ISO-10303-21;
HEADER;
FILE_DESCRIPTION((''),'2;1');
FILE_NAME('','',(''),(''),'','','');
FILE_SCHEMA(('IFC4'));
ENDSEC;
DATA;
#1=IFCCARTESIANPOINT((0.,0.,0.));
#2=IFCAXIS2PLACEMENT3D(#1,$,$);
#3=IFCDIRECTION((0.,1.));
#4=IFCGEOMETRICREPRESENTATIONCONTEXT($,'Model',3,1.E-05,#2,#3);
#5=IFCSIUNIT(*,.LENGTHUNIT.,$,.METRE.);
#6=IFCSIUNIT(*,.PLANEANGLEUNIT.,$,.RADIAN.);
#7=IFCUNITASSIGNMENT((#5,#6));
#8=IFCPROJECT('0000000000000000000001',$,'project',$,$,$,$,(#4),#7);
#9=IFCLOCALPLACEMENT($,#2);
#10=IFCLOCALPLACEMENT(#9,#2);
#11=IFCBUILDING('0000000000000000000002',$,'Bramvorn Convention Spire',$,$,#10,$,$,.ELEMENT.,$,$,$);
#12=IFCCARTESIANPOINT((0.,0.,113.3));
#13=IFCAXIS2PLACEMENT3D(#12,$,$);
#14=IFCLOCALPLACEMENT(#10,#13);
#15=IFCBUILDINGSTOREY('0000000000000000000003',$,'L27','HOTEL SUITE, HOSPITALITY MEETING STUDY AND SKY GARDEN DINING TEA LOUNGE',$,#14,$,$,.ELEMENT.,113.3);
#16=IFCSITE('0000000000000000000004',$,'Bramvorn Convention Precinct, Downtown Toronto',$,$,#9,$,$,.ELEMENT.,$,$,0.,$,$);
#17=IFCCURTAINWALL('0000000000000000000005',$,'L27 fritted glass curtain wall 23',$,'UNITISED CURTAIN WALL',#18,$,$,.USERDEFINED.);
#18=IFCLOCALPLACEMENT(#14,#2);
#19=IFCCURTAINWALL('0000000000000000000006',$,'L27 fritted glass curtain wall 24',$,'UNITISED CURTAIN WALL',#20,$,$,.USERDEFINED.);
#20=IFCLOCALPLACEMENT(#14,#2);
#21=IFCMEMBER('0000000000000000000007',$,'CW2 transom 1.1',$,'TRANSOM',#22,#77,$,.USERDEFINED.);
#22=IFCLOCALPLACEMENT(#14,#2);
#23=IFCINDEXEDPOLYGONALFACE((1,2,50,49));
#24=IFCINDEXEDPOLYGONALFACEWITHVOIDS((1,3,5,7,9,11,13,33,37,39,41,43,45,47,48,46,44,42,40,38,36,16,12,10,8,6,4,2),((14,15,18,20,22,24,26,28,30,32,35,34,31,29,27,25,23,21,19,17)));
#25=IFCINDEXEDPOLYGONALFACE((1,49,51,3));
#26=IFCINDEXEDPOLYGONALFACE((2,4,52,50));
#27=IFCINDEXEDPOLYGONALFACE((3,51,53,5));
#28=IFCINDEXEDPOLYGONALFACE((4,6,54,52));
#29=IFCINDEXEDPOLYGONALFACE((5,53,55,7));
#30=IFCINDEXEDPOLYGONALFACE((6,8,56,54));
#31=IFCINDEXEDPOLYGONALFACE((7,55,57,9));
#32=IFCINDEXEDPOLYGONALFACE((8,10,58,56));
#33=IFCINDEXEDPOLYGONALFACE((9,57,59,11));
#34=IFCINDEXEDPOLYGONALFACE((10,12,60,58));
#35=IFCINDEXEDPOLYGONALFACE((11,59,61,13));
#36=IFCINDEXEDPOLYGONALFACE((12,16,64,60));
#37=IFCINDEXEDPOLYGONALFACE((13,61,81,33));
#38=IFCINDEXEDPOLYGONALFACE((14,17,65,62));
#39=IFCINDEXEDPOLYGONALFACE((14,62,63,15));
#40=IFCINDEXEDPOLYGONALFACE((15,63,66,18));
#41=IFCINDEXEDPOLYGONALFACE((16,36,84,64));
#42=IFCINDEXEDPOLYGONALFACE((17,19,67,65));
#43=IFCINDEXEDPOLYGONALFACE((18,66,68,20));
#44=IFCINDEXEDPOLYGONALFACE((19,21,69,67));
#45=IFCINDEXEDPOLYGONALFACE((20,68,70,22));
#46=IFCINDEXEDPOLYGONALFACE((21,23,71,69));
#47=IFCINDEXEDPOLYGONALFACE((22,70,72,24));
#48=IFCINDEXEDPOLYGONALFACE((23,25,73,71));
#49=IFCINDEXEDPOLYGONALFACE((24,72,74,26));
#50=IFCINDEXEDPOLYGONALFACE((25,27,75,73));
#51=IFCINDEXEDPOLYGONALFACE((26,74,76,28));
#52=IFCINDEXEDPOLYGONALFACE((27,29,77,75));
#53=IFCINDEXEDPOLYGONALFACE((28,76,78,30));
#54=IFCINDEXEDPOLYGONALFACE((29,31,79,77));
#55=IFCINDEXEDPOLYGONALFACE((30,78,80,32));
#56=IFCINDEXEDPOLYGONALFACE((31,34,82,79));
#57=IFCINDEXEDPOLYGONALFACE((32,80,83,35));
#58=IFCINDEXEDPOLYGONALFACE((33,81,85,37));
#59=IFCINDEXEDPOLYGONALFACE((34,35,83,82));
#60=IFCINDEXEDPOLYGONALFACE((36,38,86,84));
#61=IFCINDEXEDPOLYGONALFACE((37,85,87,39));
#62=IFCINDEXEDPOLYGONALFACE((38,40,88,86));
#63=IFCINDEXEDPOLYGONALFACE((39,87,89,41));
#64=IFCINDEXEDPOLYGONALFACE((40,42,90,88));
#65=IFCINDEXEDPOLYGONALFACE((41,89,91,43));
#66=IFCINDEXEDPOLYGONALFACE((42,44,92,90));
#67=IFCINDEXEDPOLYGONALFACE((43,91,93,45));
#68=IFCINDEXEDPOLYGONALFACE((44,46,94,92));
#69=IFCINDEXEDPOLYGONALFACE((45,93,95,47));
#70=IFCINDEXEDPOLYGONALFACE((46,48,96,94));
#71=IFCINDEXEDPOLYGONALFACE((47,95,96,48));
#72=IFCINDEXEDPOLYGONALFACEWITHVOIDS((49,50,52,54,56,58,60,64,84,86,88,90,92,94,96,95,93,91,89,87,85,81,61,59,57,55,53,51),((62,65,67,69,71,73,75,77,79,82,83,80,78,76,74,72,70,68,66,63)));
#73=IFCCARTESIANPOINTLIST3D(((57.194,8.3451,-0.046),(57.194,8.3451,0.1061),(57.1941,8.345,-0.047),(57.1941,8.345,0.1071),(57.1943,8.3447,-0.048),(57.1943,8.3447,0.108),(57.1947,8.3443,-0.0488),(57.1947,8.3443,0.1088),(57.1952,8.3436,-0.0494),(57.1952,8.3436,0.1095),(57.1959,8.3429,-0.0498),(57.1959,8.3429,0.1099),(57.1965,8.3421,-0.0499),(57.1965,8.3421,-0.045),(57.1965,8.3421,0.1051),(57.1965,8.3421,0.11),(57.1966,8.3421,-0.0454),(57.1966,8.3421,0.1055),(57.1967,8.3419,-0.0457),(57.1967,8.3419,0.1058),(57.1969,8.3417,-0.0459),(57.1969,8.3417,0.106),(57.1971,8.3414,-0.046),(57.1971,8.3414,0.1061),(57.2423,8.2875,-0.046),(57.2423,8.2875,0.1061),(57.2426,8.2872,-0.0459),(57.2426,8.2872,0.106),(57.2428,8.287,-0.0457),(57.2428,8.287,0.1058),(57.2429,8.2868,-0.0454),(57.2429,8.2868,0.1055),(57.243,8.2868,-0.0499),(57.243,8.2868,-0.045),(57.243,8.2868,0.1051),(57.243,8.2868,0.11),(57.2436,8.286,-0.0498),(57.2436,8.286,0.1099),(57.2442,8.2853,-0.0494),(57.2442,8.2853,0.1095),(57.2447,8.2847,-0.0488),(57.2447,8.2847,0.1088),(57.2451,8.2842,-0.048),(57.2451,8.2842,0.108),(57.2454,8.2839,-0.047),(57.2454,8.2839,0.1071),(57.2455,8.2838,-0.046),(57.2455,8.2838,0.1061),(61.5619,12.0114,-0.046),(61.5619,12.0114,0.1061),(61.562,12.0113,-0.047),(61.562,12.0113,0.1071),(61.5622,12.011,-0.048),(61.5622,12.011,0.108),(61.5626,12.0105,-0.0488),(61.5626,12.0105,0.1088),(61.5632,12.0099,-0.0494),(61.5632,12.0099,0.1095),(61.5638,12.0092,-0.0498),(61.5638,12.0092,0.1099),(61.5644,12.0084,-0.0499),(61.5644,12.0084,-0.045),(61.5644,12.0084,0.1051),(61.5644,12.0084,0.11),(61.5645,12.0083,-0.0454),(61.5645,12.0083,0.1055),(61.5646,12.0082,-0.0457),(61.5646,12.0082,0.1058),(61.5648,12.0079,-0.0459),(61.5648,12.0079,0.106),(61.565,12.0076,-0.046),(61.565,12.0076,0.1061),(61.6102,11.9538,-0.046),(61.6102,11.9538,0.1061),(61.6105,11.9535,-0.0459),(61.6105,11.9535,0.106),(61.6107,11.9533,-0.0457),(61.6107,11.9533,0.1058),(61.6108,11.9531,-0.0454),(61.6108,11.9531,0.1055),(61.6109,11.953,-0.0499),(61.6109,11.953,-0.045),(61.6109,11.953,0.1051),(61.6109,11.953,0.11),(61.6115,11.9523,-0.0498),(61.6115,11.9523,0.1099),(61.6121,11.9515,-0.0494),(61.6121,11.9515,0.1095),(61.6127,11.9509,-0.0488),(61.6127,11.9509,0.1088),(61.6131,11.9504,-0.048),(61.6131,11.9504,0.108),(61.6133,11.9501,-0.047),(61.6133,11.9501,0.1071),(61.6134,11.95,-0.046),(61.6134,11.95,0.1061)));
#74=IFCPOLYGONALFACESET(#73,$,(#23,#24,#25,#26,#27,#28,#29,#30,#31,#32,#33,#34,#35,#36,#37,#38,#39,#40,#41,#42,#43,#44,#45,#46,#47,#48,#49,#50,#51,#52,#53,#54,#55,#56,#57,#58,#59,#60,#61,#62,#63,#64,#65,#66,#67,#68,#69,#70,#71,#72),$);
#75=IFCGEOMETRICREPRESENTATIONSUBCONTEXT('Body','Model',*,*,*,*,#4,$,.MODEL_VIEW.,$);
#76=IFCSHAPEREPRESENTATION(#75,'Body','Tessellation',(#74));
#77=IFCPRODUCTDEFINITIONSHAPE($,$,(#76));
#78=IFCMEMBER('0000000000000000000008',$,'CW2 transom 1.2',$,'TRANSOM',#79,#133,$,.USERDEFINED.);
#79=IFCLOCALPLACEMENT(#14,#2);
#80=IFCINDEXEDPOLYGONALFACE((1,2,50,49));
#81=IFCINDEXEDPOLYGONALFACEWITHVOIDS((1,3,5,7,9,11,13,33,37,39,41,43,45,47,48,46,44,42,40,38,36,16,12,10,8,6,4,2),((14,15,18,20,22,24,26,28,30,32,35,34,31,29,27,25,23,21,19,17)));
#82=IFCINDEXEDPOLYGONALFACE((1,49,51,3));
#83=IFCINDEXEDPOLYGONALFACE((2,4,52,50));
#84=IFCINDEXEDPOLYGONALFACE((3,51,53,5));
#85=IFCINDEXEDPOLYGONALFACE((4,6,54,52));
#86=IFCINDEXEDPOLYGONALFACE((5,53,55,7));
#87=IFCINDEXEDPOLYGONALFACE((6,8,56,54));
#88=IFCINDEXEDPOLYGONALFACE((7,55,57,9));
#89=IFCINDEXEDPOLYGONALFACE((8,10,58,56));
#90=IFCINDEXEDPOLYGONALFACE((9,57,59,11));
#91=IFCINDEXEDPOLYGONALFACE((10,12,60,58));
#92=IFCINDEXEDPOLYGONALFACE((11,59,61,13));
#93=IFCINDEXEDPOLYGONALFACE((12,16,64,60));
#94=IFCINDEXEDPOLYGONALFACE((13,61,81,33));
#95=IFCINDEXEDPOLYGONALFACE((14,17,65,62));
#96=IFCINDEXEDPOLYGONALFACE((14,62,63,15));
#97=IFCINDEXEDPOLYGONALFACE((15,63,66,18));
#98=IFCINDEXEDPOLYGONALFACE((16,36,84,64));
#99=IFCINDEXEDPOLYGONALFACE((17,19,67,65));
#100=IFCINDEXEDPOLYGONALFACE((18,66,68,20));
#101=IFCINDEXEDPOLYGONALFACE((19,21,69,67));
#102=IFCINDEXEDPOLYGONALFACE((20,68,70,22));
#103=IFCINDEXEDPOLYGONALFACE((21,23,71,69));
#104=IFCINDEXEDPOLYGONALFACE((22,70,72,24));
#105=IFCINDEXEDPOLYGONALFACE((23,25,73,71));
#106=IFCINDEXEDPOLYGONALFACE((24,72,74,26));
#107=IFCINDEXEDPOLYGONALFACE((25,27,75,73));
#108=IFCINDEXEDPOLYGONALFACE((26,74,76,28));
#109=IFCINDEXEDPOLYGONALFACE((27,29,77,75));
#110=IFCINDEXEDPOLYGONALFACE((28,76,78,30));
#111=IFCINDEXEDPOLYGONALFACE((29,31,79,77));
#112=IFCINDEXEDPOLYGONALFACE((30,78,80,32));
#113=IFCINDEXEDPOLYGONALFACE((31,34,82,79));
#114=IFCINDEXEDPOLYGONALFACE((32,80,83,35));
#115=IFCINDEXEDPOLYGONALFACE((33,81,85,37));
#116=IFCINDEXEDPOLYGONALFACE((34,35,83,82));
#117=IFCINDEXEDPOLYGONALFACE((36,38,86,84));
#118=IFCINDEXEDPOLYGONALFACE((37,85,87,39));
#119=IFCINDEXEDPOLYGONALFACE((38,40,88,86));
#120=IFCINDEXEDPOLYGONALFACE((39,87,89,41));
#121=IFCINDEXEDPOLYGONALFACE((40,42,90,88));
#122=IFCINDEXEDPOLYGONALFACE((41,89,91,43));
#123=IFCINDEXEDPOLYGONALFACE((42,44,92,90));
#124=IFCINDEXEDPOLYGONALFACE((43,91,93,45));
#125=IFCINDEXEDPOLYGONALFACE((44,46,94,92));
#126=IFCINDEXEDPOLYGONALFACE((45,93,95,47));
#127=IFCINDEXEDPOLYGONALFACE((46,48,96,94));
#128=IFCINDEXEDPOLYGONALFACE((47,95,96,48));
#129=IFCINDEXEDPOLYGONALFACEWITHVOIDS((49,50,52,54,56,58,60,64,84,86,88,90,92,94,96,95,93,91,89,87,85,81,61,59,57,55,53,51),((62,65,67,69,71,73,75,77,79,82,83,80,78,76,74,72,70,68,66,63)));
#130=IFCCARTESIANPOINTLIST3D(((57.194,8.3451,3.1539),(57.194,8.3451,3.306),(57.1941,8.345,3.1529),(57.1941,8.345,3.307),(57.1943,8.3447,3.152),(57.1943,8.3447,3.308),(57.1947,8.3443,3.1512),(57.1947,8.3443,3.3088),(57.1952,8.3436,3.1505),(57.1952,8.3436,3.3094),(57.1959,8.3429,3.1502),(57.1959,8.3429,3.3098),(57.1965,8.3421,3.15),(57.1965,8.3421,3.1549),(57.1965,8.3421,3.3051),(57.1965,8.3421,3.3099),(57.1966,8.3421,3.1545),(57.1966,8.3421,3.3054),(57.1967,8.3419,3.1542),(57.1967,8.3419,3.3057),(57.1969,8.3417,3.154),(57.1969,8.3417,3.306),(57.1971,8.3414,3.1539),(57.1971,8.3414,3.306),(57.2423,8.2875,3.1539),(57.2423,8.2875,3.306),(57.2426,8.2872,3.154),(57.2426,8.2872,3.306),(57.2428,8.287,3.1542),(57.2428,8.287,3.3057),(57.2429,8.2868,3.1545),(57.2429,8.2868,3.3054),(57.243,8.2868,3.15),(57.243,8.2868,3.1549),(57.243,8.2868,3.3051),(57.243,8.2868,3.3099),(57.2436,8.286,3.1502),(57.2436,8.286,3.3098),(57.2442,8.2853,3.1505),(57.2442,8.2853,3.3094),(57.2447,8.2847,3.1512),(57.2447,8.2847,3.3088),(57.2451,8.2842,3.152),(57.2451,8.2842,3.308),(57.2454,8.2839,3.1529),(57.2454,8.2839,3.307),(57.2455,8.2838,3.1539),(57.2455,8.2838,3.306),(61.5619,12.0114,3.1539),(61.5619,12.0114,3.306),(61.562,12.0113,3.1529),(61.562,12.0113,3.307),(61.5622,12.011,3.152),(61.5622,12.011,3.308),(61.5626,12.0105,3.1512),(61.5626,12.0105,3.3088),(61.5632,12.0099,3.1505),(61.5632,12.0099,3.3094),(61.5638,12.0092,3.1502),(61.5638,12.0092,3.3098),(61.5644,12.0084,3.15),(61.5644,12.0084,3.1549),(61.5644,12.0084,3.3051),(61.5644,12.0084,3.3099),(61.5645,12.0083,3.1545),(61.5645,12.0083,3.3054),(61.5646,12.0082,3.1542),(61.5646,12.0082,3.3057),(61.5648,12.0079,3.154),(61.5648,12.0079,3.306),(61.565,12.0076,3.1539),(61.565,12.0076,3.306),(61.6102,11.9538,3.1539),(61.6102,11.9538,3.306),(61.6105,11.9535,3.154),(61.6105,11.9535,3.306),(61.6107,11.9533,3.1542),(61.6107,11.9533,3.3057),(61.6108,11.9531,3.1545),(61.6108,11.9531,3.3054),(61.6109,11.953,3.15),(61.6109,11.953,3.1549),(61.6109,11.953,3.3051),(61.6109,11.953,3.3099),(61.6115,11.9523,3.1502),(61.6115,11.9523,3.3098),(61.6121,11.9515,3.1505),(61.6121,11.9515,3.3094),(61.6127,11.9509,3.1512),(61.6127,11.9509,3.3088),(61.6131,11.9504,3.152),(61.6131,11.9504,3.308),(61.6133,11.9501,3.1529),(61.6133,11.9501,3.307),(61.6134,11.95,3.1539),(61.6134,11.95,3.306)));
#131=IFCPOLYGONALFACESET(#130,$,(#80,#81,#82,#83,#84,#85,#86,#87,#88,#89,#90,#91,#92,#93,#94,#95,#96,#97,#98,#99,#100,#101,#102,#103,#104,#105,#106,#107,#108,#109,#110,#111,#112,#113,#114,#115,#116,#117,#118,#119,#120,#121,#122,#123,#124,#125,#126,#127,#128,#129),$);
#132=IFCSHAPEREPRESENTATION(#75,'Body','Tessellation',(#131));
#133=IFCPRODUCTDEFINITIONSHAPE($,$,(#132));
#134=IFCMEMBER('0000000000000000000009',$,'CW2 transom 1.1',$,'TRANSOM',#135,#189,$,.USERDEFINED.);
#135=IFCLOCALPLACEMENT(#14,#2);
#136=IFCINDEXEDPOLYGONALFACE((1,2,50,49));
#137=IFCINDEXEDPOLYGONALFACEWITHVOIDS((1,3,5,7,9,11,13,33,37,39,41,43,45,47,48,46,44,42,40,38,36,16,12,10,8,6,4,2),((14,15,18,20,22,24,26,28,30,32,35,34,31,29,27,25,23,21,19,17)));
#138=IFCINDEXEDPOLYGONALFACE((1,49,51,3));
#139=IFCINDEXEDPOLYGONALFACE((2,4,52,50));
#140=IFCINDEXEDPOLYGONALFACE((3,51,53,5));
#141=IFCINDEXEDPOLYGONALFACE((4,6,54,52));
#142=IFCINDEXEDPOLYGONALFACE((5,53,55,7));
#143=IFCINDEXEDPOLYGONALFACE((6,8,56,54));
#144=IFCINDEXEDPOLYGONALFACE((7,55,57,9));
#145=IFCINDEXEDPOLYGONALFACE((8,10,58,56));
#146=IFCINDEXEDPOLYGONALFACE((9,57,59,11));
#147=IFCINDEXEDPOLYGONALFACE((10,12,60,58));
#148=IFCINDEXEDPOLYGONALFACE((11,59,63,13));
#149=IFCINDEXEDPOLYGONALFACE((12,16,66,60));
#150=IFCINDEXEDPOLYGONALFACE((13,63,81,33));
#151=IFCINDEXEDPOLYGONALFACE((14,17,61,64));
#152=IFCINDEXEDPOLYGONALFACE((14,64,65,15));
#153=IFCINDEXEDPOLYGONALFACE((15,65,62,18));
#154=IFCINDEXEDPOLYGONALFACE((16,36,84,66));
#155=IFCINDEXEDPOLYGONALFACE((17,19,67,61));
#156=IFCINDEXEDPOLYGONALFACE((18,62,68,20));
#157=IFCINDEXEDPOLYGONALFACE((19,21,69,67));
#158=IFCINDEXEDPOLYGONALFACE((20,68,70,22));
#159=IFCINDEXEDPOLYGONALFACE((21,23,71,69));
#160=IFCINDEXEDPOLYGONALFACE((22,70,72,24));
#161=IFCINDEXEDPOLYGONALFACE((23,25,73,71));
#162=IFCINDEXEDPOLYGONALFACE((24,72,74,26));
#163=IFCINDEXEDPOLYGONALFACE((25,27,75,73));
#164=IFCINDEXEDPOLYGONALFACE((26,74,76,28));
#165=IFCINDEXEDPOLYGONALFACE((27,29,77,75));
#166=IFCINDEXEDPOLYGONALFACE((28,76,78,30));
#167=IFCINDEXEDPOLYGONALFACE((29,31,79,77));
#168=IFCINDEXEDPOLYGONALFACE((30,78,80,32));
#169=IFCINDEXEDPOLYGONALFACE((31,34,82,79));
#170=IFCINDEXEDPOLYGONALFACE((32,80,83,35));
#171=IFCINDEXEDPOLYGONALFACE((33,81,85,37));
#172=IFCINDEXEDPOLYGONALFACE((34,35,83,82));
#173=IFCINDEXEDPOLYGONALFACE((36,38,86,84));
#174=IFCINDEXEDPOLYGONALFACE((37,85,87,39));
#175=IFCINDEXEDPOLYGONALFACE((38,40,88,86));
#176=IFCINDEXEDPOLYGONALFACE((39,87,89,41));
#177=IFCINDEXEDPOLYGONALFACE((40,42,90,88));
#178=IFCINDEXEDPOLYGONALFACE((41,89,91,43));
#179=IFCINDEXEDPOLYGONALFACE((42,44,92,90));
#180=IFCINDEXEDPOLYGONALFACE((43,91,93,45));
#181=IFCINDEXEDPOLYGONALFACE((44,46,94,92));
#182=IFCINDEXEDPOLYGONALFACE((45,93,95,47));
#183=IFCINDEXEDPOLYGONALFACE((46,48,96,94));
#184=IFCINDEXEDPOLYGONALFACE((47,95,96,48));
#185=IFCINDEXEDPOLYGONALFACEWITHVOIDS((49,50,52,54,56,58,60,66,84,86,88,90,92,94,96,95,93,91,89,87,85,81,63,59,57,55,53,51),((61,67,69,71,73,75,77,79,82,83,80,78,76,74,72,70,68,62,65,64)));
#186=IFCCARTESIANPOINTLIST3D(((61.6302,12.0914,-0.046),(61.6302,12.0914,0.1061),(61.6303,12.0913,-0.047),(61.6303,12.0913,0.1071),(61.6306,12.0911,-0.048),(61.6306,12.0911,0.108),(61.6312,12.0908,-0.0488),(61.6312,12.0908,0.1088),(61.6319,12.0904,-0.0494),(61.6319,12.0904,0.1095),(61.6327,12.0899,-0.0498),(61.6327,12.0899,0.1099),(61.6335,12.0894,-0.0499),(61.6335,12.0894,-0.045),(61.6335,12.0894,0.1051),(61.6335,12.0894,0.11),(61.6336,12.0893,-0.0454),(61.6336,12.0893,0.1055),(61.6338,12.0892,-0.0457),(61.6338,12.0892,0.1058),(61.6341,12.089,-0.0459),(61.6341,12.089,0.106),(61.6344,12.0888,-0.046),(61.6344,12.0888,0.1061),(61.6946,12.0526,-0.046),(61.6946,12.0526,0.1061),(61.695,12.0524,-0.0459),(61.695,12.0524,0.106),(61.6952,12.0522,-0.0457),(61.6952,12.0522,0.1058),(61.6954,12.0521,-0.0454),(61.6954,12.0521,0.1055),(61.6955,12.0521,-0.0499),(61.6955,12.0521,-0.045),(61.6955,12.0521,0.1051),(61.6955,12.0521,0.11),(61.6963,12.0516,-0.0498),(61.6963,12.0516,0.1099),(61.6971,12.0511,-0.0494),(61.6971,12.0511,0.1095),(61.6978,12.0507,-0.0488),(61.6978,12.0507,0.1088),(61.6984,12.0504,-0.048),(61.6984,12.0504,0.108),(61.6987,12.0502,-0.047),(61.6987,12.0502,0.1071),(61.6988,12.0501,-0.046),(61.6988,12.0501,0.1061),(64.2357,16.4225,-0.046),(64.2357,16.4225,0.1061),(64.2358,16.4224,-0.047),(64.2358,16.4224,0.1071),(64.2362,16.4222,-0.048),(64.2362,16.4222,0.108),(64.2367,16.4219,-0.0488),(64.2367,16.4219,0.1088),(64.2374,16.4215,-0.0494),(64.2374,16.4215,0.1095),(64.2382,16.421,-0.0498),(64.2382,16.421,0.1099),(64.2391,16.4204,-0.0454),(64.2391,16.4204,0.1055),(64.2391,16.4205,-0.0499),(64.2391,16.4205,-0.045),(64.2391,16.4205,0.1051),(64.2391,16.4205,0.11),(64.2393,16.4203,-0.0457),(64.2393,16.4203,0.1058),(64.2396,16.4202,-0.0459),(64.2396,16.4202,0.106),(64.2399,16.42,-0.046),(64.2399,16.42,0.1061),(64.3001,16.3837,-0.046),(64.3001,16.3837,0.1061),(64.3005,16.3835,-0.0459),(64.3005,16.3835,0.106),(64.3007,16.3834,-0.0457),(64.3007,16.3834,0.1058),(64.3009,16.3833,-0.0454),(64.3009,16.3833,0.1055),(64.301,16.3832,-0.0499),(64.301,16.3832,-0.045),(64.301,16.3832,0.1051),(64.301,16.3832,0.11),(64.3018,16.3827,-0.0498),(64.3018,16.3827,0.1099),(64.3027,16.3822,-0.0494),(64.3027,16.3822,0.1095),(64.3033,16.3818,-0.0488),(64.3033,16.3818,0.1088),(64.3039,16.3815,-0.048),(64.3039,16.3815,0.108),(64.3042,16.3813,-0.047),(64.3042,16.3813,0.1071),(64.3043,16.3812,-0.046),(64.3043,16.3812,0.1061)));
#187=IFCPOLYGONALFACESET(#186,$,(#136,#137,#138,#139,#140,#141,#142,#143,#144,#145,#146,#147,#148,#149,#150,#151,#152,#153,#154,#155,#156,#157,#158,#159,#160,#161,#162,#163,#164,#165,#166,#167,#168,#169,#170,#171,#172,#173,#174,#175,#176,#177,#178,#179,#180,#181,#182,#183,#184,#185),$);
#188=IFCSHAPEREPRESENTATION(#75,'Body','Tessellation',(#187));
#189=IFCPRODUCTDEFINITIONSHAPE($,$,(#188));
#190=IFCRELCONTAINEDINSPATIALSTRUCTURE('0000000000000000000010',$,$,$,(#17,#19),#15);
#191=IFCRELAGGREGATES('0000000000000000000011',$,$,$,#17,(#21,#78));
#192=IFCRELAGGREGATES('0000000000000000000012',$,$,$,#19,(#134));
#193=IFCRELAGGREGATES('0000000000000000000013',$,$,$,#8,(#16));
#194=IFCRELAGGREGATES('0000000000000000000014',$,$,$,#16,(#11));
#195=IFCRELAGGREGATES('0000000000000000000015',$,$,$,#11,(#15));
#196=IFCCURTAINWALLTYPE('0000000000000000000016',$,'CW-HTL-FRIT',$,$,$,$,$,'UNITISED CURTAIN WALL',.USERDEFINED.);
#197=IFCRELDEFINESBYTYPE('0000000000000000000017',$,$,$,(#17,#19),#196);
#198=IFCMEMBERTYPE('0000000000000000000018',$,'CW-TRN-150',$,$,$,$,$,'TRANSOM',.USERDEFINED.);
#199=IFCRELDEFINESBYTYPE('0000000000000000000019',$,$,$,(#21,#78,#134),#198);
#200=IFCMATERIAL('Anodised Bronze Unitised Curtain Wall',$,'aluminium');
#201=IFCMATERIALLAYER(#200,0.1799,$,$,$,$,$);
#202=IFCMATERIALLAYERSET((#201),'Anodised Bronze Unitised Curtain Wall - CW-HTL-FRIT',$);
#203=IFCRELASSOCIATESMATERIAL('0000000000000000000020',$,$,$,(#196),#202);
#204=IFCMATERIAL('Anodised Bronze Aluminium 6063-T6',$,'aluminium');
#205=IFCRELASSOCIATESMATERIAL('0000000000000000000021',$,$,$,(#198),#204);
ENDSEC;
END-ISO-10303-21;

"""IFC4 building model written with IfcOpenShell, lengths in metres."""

from ifc_helpers import new_model, si_unit, direction, frame, origin, origin_2d, place, context, subcontext, project, spatial, hollow_rectangle, extrude, material, layer, layer_set, material_profile, profile_set, type_object, element, aggregate, save


model = new_model("IFC4")

# Units and contexts
model_context = context("Model", 3, precision=1e-05, world=origin(), true_north=direction((0.0, 1.0)))
body_context = subcontext(model_context, "Body", "Model", "MODEL_VIEW")
ifc_project = project(units=[si_unit("LENGTHUNIT", "METRE"), si_unit("PLANEANGLEUNIT", "RADIAN")], contexts=[model_context])

# Site, building, storey
site_placement = place(None, origin())
site = spatial("IfcSite", under=ifc_project, at=site_placement, Name="Bramvorn Convention Precinct, Downtown Toronto", CompositionType="ELEMENT", RefElevation=0.0)
building_placement = place(site_placement, origin())
building = spatial("IfcBuilding", under=site, at=building_placement, Name="Bramvorn Convention Spire", CompositionType="ELEMENT")
storey_placement = place(building_placement, frame((0.0, 0.0, 113.3)))
storey = spatial("IfcBuildingStorey", under=building, at=storey_placement, Name="L27", Description="HOTEL SUITE, HOSPITALITY MEETING STUDY AND SKY GARDEN DINING TEA LOUNGE", CompositionType="ELEMENT", Elevation=113.3)

# Curtain wall
ifc_material_1 = material(Name="Anodised Bronze Unitised Curtain Wall", Category="aluminium")
ifc_layer_1 = layer(ifc_material_1, 0.1799)
ifc_layer_set_1 = layer_set([ifc_layer_1], Name="Anodised Bronze Unitised Curtain Wall - CW-HTL-FRIT")
curtain_wall_type = type_object("IfcCurtainWallType", Name="CW-HTL-FRIT", ElementType="UNITISED CURTAIN WALL", PredefinedType="USERDEFINED", material=ifc_layer_set_1)
curtain_wall_1_placement = place(storey_placement, origin())
curtain_wall_1 = element("IfcCurtainWall", 1, at=curtain_wall_1_placement, inside=storey, type_object=curtain_wall_type, Name="L27 fritted glass curtain wall 23", ObjectType="UNITISED CURTAIN WALL", PredefinedType="USERDEFINED")
ifc_material_2 = material(Name="Anodised Bronze Aluminium 6063-T6", Category="aluminium")

# Curtain wall
curtain_wall_2_placement = place(storey_placement, origin())
curtain_wall_2 = element("IfcCurtainWall", 2, at=curtain_wall_2_placement, inside=storey, type_object=curtain_wall_type, Name="L27 fritted glass curtain wall 24", ObjectType="UNITISED CURTAIN WALL", PredefinedType="USERDEFINED")

# Members
ifc_material_profile_1 = material_profile(ifc_material_2, hollow_rectangle(XDim=0.0801, YDim=0.1599, WallThickness=0.0039, InnerFilletRadius=0.001, OuterFilletRadius=0.0039, at=origin_2d()))
ifc_profile_set_1 = profile_set([ifc_material_profile_1], Name="Anodised Bronze Aluminium 6063-T6 - CWT80X160")
member_type_1 = type_object("IfcMemberType", Name="CW-TRN-150", ElementType="TRANSOM", PredefinedType="USERDEFINED", material=ifc_profile_set_1)
member_1_placement = place(storey_placement, frame((61.5876, 11.9807, 0.03), z_axis=(-0.765946, -0.642905, 0.0), x_axis=(0.642905, -0.765946, 0.0)))
member_1 = element("IfcMember", 3, at=member_1_placement, type_object=member_type_1, Name="CW2 transom 1.1", ObjectType="TRANSOM", PredefinedType="USERDEFINED", context=body_context, shape_type="SweptSolid", body=[
    extrude(hollow_rectangle(XDim=0.0801, YDim=0.1599, WallThickness=0.0039, InnerFilletRadius=0.001, OuterFilletRadius=0.0039, at=origin_2d()), origin(), (0.0, 0.0, 1.0), 5.7026),
])
member_2_placement = place(storey_placement, frame((61.5876, 11.9807, 3.23), z_axis=(-0.765946, -0.642905, 0.0), x_axis=(0.642905, -0.765946, 0.0)))
member_2 = element("IfcMember", 4, at=member_2_placement, type_object=member_type_1, Name="CW2 transom 1.2", ObjectType="TRANSOM", PredefinedType="USERDEFINED", context=body_context, shape_type="SweptSolid", body=[
    extrude(hollow_rectangle(XDim=0.0801, YDim=0.1599, WallThickness=0.0039, InnerFilletRadius=0.001, OuterFilletRadius=0.0039, at=origin_2d()), origin(), (0.0, 0.0, 1.0), 5.7026),
])
member_3_placement = place(storey_placement, frame((64.27, 16.4019, 0.03), z_axis=(-0.51549, -0.856896, 0.0), x_axis=(0.856896, -0.51549, 0.0)))
member_3 = element("IfcMember", 5, at=member_3_placement, type_object=member_type_1, Name="CW2 transom 1.1", ObjectType="TRANSOM", PredefinedType="USERDEFINED", context=body_context, shape_type="SweptSolid", body=[
    extrude(hollow_rectangle(XDim=0.0801, YDim=0.1599, WallThickness=0.0039, InnerFilletRadius=0.001, OuterFilletRadius=0.0039, at=origin_2d()), origin(), (0.0, 0.0, 1.0), 5.0544),
])

aggregate(curtain_wall_1, [member_1, member_2])
aggregate(curtain_wall_2, [member_3])

save(model, "model.ifc")
